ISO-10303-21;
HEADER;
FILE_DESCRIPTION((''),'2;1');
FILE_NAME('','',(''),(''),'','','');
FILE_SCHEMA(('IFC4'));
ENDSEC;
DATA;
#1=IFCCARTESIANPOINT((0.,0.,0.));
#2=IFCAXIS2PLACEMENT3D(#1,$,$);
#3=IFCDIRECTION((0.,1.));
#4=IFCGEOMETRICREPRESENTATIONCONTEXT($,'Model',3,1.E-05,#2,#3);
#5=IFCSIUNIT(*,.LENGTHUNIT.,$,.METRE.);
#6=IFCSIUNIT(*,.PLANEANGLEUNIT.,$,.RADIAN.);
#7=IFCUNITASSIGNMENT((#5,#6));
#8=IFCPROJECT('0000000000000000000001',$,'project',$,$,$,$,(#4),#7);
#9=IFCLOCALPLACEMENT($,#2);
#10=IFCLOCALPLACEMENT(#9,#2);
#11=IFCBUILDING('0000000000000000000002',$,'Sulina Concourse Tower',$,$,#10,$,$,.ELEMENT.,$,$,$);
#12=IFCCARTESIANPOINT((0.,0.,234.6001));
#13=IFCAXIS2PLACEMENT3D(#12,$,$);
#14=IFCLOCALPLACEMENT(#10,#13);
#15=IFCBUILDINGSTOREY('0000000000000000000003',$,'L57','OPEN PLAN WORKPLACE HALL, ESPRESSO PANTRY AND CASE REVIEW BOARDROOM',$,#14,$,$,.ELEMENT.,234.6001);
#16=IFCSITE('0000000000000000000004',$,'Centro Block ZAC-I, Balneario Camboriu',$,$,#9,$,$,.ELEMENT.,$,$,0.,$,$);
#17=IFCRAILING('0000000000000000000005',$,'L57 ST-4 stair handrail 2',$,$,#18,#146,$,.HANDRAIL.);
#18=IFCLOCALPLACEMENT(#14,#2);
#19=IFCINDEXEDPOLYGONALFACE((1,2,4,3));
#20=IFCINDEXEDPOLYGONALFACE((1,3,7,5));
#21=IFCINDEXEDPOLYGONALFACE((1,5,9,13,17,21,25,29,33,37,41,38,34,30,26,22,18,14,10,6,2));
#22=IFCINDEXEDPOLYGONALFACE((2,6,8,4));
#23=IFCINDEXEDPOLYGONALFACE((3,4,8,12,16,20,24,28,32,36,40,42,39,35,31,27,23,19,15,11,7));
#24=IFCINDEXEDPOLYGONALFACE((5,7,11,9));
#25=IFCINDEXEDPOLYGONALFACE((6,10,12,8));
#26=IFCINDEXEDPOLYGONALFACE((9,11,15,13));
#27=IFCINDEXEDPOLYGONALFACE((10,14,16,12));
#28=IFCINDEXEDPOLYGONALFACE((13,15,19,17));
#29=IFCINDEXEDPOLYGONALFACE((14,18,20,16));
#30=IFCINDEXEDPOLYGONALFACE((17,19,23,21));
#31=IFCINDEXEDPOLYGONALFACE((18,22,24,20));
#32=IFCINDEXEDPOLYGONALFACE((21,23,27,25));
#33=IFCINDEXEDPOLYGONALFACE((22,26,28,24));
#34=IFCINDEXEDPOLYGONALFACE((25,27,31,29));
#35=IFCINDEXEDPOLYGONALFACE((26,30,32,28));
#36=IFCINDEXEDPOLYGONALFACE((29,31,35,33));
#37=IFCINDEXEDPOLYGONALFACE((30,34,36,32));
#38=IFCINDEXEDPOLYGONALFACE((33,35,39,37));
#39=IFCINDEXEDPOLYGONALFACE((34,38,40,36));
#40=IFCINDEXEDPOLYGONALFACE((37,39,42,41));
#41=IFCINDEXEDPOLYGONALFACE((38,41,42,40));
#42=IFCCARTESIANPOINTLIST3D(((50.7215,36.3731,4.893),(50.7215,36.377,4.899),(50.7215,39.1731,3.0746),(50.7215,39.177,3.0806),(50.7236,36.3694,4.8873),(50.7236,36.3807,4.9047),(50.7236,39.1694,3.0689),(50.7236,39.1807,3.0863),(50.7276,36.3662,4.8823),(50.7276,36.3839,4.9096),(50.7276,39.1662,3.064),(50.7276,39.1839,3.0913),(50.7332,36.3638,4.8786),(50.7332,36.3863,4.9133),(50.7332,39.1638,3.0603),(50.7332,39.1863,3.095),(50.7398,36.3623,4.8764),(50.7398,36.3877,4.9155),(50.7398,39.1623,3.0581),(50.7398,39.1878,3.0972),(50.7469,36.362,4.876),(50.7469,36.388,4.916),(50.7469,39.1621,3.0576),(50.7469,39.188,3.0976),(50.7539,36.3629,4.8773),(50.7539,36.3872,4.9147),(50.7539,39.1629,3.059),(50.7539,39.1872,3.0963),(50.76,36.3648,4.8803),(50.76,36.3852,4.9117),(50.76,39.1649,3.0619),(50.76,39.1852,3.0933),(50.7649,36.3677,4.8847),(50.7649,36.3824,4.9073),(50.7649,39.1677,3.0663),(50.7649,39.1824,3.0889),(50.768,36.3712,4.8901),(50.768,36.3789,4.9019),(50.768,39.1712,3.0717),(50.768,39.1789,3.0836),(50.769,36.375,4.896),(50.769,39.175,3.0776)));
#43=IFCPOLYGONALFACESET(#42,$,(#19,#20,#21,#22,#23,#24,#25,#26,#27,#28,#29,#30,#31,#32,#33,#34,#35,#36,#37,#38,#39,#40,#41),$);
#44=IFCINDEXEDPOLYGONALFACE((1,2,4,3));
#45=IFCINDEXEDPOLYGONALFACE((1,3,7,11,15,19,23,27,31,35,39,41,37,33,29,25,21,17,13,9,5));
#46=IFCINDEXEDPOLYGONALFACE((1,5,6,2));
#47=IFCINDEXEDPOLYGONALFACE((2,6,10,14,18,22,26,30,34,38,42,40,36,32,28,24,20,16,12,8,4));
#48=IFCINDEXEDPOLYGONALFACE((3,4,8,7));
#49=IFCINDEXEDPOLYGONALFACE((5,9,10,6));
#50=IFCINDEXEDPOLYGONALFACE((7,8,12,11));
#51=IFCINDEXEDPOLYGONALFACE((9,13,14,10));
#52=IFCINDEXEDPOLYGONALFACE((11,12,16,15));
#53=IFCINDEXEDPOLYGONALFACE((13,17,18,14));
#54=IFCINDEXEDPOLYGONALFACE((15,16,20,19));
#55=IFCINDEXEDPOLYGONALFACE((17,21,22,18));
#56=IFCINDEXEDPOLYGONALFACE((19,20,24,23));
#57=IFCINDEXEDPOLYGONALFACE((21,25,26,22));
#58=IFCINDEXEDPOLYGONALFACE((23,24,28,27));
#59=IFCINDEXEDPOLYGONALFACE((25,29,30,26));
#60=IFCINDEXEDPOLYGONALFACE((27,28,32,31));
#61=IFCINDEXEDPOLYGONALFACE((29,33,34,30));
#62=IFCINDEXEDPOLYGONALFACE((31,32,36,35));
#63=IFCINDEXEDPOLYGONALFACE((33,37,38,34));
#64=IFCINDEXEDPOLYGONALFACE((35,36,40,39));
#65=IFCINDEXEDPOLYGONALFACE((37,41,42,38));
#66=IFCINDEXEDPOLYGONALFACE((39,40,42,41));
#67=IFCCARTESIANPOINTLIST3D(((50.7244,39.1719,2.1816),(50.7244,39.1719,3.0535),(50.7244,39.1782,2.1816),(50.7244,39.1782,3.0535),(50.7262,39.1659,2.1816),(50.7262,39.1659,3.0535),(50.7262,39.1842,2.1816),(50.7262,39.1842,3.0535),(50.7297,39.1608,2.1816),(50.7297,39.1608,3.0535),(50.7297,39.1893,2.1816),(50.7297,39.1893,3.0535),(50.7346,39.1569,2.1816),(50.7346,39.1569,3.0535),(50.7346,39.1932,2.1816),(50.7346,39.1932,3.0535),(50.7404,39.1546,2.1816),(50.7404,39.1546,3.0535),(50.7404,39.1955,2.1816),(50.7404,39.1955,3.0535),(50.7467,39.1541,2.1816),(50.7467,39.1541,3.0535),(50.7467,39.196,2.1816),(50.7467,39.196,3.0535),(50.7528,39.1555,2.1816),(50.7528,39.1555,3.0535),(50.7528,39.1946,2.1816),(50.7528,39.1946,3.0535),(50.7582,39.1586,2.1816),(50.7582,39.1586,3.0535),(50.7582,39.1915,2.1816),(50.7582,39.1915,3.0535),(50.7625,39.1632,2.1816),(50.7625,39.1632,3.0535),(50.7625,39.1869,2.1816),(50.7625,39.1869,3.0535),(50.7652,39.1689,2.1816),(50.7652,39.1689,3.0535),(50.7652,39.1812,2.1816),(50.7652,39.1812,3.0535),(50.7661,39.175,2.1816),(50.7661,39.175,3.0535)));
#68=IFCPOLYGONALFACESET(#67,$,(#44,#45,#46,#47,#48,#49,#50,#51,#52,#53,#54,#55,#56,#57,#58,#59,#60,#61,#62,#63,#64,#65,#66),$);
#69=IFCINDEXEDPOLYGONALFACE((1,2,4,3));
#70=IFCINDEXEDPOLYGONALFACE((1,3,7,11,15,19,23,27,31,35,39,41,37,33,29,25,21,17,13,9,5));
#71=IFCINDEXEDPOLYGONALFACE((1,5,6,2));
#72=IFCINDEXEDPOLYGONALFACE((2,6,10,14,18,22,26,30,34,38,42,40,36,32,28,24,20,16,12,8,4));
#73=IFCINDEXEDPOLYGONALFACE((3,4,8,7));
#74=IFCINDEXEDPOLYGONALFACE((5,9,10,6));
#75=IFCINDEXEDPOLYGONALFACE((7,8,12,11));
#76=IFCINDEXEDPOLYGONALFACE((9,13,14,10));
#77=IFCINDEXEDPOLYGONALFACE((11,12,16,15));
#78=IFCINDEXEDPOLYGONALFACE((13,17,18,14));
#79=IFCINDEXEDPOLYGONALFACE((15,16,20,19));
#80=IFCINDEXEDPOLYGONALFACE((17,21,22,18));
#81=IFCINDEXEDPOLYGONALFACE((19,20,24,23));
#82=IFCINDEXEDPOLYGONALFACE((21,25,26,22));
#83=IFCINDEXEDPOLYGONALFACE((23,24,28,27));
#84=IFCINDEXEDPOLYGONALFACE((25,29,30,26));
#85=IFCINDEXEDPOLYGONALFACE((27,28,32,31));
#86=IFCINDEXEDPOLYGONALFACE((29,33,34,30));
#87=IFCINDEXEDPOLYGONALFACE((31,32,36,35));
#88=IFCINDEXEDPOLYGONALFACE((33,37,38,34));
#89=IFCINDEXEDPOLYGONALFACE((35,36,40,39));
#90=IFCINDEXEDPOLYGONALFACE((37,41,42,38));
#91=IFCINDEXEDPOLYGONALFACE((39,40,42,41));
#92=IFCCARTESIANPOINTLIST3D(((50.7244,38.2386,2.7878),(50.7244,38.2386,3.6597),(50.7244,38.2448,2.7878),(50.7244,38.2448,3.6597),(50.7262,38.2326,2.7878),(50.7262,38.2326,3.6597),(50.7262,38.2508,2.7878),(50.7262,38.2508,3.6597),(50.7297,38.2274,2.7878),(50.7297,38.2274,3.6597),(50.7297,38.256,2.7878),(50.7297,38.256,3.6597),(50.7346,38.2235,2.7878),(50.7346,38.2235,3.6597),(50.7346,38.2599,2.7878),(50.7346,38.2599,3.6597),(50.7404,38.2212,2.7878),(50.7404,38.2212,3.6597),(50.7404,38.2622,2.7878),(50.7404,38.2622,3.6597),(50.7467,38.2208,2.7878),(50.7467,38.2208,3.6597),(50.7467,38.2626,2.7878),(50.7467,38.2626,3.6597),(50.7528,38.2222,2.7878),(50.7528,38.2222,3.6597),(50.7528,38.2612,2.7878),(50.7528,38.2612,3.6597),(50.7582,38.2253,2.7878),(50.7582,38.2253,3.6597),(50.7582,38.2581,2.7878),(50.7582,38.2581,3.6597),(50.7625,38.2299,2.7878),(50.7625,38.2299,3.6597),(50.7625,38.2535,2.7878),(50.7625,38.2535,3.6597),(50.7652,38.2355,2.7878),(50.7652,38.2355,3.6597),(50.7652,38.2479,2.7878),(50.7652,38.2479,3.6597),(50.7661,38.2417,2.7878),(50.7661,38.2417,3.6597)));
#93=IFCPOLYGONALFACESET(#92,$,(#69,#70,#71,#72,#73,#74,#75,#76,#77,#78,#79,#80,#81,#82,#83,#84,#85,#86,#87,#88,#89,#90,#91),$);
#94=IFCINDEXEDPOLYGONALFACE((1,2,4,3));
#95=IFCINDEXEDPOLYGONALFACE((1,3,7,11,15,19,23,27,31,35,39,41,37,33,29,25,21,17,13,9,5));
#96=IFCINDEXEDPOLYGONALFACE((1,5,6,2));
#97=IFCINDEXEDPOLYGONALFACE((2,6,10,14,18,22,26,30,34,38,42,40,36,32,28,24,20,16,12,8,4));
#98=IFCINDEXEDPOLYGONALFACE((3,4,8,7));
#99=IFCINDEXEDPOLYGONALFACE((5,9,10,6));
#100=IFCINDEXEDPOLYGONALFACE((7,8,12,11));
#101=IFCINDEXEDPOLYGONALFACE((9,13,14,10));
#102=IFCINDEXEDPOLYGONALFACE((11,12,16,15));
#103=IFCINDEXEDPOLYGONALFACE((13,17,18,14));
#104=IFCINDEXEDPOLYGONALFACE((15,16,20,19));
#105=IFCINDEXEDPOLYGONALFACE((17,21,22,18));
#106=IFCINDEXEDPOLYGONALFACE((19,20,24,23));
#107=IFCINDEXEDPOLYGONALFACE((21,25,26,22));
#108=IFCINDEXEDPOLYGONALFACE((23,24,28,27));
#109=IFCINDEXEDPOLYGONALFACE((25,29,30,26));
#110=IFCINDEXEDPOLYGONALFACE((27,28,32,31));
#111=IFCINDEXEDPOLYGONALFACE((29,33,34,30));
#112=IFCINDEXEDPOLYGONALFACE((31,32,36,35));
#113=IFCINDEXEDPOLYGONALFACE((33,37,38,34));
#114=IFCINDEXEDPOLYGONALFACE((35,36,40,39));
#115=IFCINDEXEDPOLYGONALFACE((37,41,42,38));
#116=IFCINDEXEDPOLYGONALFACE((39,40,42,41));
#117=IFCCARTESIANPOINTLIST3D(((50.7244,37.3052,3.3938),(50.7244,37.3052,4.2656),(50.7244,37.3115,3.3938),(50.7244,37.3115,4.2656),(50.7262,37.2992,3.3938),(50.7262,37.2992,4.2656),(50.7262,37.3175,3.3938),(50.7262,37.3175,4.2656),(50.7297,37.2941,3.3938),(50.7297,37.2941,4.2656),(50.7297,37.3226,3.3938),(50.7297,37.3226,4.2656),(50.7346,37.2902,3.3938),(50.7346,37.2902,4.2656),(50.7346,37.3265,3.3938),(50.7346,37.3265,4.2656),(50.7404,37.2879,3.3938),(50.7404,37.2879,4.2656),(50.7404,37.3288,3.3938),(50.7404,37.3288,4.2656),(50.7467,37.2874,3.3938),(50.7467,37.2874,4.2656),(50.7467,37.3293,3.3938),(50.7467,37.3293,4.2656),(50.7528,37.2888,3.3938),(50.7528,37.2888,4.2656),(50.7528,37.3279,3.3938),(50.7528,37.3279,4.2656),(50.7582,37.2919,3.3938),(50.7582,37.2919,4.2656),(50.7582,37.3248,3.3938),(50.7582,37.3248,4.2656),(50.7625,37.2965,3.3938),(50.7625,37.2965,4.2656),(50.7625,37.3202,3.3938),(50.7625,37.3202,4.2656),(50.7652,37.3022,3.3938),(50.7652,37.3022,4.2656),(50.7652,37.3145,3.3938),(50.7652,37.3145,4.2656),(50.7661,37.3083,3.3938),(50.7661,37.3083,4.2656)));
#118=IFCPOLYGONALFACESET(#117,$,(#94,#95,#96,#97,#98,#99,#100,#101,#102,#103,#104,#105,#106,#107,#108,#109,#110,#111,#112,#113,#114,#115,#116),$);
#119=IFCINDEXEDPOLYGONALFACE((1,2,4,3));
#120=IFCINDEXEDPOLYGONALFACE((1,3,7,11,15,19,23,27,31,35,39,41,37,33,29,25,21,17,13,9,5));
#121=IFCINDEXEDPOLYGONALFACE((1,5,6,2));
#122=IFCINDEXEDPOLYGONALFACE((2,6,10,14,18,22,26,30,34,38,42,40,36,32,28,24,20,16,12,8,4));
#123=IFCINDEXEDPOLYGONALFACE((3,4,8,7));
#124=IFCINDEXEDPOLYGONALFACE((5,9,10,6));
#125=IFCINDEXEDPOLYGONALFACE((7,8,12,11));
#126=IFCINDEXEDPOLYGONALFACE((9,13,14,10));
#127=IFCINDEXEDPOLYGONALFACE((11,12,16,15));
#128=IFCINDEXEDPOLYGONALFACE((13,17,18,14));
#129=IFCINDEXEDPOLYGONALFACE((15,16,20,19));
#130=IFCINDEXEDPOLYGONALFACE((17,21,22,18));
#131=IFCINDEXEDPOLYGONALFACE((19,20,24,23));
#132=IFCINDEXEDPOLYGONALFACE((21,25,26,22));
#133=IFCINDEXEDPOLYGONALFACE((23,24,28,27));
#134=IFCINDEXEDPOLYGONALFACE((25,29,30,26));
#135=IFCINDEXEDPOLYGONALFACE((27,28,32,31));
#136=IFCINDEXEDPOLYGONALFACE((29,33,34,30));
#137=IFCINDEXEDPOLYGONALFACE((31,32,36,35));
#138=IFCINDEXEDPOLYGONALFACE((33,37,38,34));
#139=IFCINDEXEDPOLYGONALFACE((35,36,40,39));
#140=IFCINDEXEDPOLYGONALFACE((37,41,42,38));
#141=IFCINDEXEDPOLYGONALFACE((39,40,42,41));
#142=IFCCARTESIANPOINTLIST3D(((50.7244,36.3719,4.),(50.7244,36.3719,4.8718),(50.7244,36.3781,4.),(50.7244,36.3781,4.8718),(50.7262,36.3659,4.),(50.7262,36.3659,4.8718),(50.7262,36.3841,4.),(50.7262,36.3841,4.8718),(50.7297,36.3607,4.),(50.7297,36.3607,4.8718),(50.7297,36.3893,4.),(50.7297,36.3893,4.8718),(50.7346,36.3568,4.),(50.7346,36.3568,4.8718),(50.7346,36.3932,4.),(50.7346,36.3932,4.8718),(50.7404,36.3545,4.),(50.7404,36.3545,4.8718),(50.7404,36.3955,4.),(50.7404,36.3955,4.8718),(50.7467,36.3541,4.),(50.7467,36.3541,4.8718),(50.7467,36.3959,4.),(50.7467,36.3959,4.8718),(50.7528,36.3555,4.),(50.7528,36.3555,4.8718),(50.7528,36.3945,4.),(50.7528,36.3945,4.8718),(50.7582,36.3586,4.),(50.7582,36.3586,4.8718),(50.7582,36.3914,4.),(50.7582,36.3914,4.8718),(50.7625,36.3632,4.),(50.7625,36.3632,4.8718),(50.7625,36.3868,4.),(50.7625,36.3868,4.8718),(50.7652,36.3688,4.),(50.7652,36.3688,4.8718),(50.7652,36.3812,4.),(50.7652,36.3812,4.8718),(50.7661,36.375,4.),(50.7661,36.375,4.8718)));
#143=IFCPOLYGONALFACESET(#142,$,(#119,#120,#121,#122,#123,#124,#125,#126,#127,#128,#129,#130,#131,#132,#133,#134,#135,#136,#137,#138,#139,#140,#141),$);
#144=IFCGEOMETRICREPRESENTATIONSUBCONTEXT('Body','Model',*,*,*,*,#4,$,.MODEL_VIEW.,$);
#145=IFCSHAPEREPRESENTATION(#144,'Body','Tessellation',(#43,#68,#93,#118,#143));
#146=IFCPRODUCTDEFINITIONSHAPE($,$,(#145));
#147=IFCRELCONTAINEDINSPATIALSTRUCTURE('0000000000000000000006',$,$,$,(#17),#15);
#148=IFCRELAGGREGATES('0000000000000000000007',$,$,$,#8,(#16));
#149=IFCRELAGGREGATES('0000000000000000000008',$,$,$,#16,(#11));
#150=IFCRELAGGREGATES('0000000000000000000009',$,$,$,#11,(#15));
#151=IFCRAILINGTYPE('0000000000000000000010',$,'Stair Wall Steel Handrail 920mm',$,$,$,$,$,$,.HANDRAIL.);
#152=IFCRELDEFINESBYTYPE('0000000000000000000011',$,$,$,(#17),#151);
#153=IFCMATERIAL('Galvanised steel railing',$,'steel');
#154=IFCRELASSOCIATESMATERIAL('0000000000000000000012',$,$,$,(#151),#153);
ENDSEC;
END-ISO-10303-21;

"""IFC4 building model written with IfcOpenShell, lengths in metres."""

from ifc_helpers import new_model, si_unit, direction, frame, origin, origin_2d, place, context, subcontext, project, spatial, circle, extrude, material, type_object, element, save


model = new_model("IFC4")

# Units and contexts
model_context = context("Model", 3, precision=1e-05, world=origin(), true_north=direction((0.0, 1.0)))
body_context = subcontext(model_context, "Body", "Model", "MODEL_VIEW")
ifc_project = project(units=[si_unit("LENGTHUNIT", "METRE"), si_unit("PLANEANGLEUNIT", "RADIAN")], contexts=[model_context])

# Site, building, storey
site_placement = place(None, origin())
site = spatial("IfcSite", under=ifc_project, at=site_placement, Name="Centro Block ZAC-I, Balneario Camboriu", CompositionType="ELEMENT", RefElevation=0.0)
building_placement = place(site_placement, origin())
building = spatial("IfcBuilding", under=site, at=building_placement, Name="Sulina Concourse Tower", CompositionType="ELEMENT")
storey_placement = place(building_placement, frame((0.0, 0.0, 234.6001)))
storey = spatial("IfcBuildingStorey", under=building, at=storey_placement, Name="L57", Description="OPEN PLAN WORKPLACE HALL, ESPRESSO PANTRY AND CASE REVIEW BOARDROOM", CompositionType="ELEMENT", Elevation=234.6001)

# Railing
ifc_material_1 = material(Name="Galvanised steel railing", Category="steel")
railing_type_1 = type_object("IfcRailingType", Name="Stair Wall Steel Handrail 920mm", PredefinedType="HANDRAIL", material=ifc_material_1)
railing_1_placement = place(storey_placement, frame((50.7451, 39.175, 2.1816)))
element("IfcRailing", 1, at=railing_1_placement, inside=storey, type_object=railing_type_1, Name="L57 ST-4 stair handrail 2", PredefinedType="HANDRAIL", context=body_context, shape_type="SweptSolid", body=[
    extrude(circle(Radius=0.0239, at=origin_2d()), frame((0.0, 0.0, 0.896), z_axis=(0.0, -0.838672, 0.544636), x_axis=(1.0, 0.0, 0.0)), (0.0, 0.0, 1.0), 3.3386),
    extrude(circle(Radius=0.021, at=origin_2d()), origin(), (0.0, 0.0, 1.0), 0.8718),
    extrude(circle(Radius=0.021, at=origin_2d()), frame((0.0, -0.9333, 0.6062)), (0.0, 0.0, 1.0), 0.8718),
    extrude(circle(Radius=0.021, at=origin_2d()), frame((0.0, -1.8667, 1.2122)), (0.0, 0.0, 1.0), 0.8718),
    extrude(circle(Radius=0.021, at=origin_2d()), frame((0.0, -2.8, 1.8184)), (0.0, 0.0, 1.0), 0.8718),
])

save(model, "model.ifc")
